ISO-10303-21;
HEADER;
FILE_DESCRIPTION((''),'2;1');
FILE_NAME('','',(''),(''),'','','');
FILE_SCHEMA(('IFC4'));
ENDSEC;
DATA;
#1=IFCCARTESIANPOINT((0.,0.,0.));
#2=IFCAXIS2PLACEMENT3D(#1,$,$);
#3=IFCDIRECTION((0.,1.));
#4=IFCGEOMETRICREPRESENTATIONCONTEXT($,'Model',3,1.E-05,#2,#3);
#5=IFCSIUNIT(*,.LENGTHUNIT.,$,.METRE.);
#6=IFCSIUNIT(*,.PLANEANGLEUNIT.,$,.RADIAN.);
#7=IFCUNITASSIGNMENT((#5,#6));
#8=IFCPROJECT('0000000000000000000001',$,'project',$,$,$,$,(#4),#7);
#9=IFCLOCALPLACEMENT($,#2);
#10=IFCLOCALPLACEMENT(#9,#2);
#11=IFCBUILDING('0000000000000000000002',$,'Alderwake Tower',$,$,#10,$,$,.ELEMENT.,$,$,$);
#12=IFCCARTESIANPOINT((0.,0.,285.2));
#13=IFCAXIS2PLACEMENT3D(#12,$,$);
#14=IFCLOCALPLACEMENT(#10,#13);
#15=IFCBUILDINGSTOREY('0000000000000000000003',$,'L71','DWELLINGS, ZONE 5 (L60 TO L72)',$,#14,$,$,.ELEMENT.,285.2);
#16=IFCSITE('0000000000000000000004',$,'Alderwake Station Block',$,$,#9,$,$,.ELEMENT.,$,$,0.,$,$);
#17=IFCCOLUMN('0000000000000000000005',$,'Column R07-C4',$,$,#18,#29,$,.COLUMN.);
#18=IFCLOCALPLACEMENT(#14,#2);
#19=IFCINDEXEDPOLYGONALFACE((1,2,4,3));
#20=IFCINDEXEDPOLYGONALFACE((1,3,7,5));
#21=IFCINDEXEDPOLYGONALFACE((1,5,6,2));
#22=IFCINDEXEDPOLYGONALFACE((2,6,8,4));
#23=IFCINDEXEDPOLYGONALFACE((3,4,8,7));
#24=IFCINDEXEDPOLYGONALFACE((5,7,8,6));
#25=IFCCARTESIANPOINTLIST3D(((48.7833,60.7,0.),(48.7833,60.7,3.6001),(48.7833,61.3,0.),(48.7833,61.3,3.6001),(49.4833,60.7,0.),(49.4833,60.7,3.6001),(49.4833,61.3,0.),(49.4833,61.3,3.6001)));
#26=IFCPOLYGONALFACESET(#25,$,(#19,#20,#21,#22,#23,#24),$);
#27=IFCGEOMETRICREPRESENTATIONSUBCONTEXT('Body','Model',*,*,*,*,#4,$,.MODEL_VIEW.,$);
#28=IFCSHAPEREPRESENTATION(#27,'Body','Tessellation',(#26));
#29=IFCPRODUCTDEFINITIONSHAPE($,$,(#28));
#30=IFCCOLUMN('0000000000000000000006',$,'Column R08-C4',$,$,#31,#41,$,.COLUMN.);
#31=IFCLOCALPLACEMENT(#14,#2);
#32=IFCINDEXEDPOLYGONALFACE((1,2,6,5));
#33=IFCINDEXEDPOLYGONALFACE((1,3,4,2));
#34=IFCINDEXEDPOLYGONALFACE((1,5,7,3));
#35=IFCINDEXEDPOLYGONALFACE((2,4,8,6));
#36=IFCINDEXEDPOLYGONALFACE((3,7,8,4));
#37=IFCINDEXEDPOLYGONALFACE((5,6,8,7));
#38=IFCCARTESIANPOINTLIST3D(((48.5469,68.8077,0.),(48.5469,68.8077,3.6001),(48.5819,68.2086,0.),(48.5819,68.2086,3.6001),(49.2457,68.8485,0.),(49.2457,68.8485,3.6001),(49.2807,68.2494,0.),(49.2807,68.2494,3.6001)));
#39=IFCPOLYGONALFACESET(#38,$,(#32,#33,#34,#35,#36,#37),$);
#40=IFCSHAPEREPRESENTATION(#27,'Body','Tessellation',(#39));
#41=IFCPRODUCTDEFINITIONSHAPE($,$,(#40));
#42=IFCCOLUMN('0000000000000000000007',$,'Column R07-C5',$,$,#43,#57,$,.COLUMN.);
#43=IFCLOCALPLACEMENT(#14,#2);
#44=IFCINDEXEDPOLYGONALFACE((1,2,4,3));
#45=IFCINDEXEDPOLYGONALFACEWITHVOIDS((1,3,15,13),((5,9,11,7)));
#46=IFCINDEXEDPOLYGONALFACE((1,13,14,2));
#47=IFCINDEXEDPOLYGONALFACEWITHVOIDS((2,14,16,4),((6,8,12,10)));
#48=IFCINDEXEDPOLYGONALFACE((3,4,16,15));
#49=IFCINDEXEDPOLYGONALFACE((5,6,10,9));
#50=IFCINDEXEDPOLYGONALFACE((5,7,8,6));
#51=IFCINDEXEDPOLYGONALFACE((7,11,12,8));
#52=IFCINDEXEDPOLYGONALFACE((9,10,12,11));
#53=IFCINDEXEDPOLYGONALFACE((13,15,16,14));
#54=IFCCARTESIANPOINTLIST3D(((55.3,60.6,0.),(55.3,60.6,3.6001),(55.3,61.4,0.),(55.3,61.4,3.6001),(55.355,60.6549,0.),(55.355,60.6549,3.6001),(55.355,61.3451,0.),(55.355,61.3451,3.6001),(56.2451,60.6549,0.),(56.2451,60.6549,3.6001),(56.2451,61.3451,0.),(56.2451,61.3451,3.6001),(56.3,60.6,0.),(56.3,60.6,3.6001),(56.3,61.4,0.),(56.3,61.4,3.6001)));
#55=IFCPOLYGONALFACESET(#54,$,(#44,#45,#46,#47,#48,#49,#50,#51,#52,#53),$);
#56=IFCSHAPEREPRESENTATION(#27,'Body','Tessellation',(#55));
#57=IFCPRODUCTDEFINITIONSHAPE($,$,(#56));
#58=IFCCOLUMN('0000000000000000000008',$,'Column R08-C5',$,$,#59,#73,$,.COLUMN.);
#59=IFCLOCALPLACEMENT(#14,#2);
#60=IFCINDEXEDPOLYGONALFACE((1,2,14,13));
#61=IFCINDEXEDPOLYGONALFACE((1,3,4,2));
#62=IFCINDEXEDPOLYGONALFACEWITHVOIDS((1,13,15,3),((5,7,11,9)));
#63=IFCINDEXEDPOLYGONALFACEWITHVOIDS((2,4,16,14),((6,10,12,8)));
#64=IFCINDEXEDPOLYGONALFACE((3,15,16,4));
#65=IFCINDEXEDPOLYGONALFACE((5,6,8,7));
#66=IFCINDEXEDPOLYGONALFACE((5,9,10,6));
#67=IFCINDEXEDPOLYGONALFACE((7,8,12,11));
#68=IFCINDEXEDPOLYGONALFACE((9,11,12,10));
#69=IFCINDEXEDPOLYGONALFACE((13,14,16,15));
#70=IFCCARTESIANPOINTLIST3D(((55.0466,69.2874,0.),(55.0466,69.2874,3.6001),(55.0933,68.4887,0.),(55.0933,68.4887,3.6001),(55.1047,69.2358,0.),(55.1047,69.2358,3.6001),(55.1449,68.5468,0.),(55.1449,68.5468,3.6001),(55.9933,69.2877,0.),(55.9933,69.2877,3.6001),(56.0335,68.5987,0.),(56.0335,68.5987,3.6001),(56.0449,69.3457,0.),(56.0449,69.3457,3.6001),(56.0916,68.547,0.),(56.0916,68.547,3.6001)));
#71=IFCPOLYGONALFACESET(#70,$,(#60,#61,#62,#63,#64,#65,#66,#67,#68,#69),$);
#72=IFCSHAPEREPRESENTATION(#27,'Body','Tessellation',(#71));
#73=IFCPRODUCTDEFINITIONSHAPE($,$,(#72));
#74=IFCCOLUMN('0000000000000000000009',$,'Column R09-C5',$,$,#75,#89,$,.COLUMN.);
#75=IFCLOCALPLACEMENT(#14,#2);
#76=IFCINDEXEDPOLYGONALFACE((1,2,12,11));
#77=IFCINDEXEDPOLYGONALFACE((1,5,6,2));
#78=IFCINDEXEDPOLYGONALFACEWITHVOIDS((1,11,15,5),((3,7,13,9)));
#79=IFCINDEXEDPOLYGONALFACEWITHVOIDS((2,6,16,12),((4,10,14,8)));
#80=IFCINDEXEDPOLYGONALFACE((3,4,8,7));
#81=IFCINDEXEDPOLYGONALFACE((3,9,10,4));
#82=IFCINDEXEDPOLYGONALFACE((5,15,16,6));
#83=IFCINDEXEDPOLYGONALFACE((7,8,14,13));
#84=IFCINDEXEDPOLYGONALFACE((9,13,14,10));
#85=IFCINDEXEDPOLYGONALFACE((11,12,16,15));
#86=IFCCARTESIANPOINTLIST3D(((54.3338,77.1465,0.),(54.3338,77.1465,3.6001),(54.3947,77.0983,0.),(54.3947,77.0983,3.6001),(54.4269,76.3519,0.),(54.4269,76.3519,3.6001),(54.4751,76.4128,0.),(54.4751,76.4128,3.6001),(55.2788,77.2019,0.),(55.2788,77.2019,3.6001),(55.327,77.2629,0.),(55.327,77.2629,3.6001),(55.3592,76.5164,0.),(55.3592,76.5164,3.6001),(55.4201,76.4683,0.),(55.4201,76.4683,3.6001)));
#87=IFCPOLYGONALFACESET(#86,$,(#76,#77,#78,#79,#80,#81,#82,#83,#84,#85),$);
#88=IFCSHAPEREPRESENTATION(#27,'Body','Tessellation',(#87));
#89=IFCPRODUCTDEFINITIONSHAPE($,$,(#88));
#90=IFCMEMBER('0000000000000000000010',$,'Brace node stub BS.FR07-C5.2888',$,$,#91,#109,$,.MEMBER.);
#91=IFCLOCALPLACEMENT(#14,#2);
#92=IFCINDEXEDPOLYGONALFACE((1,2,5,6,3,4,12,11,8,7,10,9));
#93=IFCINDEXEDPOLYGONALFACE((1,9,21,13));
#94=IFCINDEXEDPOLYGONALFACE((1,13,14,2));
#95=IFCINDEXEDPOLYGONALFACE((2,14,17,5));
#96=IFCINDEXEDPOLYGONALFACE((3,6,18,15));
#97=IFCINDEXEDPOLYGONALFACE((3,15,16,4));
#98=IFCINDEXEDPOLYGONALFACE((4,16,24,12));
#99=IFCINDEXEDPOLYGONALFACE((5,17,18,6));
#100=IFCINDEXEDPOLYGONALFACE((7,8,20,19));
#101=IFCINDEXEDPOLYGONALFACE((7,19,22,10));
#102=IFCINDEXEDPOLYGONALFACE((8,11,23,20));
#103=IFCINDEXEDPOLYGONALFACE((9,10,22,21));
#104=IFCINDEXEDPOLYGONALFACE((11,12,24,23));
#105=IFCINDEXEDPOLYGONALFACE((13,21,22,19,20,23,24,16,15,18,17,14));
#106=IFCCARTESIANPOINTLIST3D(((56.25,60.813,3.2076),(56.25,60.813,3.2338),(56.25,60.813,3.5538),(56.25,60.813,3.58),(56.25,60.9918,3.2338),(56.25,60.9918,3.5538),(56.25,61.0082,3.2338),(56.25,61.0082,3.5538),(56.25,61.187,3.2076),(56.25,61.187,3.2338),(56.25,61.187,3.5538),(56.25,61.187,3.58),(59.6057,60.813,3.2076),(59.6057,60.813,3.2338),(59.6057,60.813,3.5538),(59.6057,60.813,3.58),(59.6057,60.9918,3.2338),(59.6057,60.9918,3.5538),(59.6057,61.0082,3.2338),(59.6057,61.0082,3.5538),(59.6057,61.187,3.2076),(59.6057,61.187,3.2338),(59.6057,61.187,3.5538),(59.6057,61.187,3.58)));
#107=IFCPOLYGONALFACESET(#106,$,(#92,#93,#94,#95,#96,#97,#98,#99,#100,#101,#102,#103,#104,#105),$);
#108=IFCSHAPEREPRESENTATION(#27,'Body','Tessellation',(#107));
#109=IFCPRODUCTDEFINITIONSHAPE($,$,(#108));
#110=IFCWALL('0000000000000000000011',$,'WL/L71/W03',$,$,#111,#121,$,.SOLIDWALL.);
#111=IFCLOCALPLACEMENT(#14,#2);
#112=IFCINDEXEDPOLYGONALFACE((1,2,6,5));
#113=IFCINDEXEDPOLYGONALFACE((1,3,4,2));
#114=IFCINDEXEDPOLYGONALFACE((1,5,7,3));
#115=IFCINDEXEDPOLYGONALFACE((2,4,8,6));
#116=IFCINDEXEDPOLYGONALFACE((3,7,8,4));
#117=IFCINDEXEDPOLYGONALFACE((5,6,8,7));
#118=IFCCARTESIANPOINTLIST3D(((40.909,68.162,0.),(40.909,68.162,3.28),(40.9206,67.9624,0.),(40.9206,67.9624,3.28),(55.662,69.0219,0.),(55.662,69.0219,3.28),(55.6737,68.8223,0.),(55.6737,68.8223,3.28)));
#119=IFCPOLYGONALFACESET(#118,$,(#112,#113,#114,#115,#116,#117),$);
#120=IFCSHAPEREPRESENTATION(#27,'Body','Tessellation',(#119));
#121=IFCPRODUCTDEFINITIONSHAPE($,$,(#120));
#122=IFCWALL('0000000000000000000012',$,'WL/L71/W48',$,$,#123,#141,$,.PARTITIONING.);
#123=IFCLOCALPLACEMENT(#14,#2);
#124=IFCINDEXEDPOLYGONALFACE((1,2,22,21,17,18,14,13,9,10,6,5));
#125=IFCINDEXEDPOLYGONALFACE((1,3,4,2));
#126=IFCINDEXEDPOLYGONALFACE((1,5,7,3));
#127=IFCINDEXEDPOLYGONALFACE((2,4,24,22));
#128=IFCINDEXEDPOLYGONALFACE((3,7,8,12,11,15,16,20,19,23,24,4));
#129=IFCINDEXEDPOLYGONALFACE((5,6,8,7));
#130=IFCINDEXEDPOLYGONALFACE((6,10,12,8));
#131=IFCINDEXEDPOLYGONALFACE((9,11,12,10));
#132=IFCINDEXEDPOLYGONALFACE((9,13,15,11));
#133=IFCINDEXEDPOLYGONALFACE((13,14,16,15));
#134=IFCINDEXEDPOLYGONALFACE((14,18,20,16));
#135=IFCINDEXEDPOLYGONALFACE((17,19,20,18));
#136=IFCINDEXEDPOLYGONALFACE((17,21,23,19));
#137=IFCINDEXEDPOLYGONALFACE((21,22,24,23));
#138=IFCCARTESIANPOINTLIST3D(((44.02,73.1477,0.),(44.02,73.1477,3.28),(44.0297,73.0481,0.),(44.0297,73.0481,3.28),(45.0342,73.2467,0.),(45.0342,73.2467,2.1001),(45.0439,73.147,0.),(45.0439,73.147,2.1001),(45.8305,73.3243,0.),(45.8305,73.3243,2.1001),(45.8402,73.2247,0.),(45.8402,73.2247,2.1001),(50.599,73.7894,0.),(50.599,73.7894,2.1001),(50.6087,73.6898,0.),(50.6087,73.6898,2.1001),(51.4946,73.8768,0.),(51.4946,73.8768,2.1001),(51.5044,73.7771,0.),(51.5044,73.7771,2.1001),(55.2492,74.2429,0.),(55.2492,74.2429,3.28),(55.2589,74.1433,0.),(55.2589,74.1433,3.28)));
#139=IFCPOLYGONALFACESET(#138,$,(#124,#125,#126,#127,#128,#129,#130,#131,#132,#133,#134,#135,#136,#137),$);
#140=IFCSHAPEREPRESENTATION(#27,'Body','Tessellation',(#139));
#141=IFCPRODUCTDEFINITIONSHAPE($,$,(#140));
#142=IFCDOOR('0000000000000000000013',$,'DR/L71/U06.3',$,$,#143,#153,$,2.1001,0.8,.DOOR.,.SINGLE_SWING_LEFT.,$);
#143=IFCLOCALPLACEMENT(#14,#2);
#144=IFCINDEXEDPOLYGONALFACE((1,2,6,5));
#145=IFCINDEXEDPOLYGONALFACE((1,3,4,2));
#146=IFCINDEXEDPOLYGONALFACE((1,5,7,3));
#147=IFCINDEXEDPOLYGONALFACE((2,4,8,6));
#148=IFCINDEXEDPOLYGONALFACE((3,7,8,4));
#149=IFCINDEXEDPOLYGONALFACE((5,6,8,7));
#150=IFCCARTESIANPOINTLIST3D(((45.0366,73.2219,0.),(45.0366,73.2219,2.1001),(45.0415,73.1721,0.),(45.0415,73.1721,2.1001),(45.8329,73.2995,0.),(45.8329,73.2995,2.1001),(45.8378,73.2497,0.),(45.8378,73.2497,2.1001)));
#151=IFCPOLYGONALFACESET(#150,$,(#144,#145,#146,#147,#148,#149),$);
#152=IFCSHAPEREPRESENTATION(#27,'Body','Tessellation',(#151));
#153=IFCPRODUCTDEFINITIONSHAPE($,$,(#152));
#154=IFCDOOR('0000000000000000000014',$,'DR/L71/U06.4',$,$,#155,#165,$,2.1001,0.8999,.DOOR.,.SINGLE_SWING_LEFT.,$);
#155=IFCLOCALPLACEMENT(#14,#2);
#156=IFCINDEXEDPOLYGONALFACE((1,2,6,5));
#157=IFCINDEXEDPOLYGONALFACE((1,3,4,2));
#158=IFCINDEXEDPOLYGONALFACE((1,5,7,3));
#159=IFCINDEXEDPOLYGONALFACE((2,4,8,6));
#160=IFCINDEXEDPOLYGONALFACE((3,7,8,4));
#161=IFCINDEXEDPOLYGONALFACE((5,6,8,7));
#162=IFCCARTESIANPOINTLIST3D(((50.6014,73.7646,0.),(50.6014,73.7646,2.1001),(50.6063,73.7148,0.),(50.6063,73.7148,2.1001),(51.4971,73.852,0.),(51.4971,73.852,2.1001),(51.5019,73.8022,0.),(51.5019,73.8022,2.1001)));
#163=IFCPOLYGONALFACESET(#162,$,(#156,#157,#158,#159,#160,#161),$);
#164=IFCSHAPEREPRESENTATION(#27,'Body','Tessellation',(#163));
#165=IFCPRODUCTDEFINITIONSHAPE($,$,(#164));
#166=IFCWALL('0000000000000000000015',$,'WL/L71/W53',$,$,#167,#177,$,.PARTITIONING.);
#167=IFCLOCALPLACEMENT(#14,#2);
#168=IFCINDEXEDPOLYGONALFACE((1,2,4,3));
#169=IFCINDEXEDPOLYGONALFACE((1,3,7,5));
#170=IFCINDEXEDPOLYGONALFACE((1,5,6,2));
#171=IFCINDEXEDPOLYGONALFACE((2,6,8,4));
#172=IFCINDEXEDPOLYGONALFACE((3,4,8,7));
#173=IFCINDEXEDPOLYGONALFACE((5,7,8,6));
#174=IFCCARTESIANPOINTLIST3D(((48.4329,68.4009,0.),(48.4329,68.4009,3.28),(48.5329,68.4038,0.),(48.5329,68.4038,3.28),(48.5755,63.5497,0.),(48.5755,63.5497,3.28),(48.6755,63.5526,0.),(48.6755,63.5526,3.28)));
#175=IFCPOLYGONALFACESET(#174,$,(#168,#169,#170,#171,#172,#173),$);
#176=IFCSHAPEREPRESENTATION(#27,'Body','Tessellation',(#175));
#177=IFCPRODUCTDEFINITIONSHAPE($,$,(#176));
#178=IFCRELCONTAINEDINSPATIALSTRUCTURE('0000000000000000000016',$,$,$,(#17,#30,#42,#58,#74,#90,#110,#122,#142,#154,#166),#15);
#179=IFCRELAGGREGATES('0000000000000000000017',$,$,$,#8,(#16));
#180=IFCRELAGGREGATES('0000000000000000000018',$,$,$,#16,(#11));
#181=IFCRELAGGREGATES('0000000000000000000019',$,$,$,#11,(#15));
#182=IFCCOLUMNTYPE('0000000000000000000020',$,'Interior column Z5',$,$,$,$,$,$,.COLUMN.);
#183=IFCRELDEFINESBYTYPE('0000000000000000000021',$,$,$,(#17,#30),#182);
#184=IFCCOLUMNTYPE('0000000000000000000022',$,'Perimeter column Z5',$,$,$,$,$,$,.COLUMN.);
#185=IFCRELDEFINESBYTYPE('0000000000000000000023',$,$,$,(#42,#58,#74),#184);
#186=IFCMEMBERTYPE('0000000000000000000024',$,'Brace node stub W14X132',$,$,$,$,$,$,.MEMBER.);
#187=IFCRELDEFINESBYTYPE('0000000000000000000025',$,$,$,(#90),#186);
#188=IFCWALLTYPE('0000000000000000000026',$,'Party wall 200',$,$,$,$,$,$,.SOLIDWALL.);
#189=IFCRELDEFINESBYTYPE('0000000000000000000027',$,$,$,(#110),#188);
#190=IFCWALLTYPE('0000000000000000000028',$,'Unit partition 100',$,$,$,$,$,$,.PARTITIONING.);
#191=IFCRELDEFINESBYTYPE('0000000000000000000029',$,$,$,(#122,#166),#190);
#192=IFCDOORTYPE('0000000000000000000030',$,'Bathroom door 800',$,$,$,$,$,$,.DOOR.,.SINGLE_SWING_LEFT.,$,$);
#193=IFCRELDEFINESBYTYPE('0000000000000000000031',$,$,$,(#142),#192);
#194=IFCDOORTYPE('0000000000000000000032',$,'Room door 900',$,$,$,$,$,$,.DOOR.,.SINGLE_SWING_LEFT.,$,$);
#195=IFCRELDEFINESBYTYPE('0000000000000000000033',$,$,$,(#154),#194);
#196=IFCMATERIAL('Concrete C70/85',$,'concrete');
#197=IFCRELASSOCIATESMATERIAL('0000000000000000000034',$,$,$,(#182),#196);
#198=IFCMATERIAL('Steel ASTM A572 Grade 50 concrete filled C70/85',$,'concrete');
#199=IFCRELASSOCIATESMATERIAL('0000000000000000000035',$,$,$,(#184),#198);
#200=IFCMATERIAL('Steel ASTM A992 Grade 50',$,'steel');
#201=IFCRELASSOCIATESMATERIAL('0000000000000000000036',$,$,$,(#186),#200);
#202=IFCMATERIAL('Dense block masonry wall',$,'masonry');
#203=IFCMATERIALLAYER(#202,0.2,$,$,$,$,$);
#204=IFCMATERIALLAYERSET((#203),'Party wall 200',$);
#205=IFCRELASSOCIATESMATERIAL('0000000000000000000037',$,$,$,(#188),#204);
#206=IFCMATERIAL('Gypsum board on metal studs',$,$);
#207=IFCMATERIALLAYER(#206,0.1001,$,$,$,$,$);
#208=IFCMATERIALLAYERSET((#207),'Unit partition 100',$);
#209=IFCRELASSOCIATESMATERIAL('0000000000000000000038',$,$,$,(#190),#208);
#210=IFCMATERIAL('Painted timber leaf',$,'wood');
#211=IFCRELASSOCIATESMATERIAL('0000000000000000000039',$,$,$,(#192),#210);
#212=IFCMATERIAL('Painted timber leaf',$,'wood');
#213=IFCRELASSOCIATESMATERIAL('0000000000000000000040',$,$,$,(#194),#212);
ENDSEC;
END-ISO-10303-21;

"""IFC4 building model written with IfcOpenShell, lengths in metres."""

from ifc_helpers import new_model, si_unit, direction, frame, frame_2d, origin, origin_2d, place, context, subcontext, project, spatial, rectangle, hollow_rectangle, i_section, extrude, material, layer, layer_set, material_profile, profile_set, type_object, element, fill, save


model = new_model("IFC4")

# Units and contexts
model_context = context("Model", 3, precision=1e-05, world=origin(), true_north=direction((0.0, 1.0)))
body_context = subcontext(model_context, "Body", "Model", "MODEL_VIEW")
ifc_project = project(units=[si_unit("LENGTHUNIT", "METRE"), si_unit("PLANEANGLEUNIT", "RADIAN")], contexts=[model_context])

# Site, building, storey
site_placement = place(None, origin())
site = spatial("IfcSite", under=ifc_project, at=site_placement, Name="Alderwake Station Block", CompositionType="ELEMENT", RefElevation=0.0)
building_placement = place(site_placement, origin())
building = spatial("IfcBuilding", under=site, at=building_placement, Name="Alderwake Tower", CompositionType="ELEMENT")
storey_placement = place(building_placement, frame((0.0, 0.0, 285.2)))
storey = spatial("IfcBuildingStorey", under=building, at=storey_placement, Name="L71", Description="DWELLINGS, ZONE 5 (L60 TO L72)", CompositionType="ELEMENT", Elevation=285.2)

# Columns
ifc_material_1 = material(Name="Concrete C70/85", Category="concrete")
ifc_material_profile_1 = material_profile(ifc_material_1, rectangle(XDim=0.6001, YDim=0.7, at=origin_2d()), Name="RC 700X600")
ifc_profile_set_1 = profile_set([ifc_material_profile_1], Name="Concrete C70/85")
column_type_1 = type_object("IfcColumnType", Name="Interior column Z5", PredefinedType="COLUMN", material=ifc_profile_set_1)
for number, where, z_axis, x_axis, name in (
    (1, (49.1333, 61.0, 0.0), (0.0, 0.0, 1.0), (0.0, 1.0, 0.0), "Column R07-C4"),
    (2, (48.9138, 68.5286, 0.0), (0.0, 0.0, 1.0), (-0.058301, 0.998299, 0.0), "Column R08-C4"),
):
    element("IfcColumn", number, at=place(storey_placement, frame(where, z_axis=z_axis, x_axis=x_axis)), inside=storey, type_object=column_type_1, Name=name, PredefinedType="COLUMN", context=body_context, shape_type="SweptSolid", body=[
        extrude(rectangle(XDim=0.6001, YDim=0.7, at=origin_2d()), origin(), (0.0, 0.0, 1.0), 3.6001),
    ])
ifc_material_2 = material(Name="Steel ASTM A572 Grade 50 concrete filled C70/85", Category="concrete")
ifc_material_profile_2 = material_profile(ifc_material_2, hollow_rectangle(XDim=0.8, YDim=1.0, WallThickness=0.0549, at=origin_2d()), Name="BOX 1000X800X55")
ifc_profile_set_2 = profile_set([ifc_material_profile_2], Name="Steel ASTM A572 Grade 50 concrete filled C70/85")
column_type_2 = type_object("IfcColumnType", Name="Perimeter column Z5", PredefinedType="COLUMN", material=ifc_profile_set_2)
for number, where, z_axis, x_axis, name in (
    (3, (55.8, 61.0, 0.0), (0.0, 0.0, 1.0), (0.0, 1.0, 0.0), "Column R07-C5"),
    (4, (55.5691, 68.9172, 0.0), (0.0, 0.0, 1.0), (-0.058301, 0.998299, 0.0), "Column R08-C5"),
    (5, (54.877, 76.8074, 0.0), (0.0, 0.0, 1.0), (-0.116402, 0.993202, 0.0), "Column R09-C5"),
):
    element("IfcColumn", number, at=place(storey_placement, frame(where, z_axis=z_axis, x_axis=x_axis)), inside=storey, type_object=column_type_2, Name=name, PredefinedType="COLUMN", context=body_context, shape_type="SweptSolid", body=[
        extrude(hollow_rectangle(XDim=0.8, YDim=1.0, WallThickness=0.0549, at=origin_2d()), origin(), (0.0, 0.0, 1.0), 3.6001),
    ])

# Member
ifc_material_3 = material(Name="Steel ASTM A992 Grade 50", Category="steel")
ifc_material_profile_3 = material_profile(ifc_material_3, i_section(OverallWidth=0.374, OverallDepth=0.3723, WebThickness=0.0164, FlangeThickness=0.0261, at=origin_2d()), Name="W14X132")
ifc_profile_set_3 = profile_set([ifc_material_profile_3], Name="Steel ASTM A992 Grade 50")
member_type = type_object("IfcMemberType", Name="Brace node stub W14X132", PredefinedType="MEMBER", material=ifc_profile_set_3)
member_placement = place(storey_placement, frame((56.25, 61.0, 3.3938), z_axis=(1.0, 0.0, 0.0), x_axis=(0.0, 1.0, 0.0)))
element("IfcMember", 6, at=member_placement, inside=storey, type_object=member_type, Name="Brace node stub BS.FR07-C5.2888", PredefinedType="MEMBER", context=body_context, shape_type="SweptSolid", body=[
    extrude(i_section(OverallWidth=0.374, OverallDepth=0.3723, WebThickness=0.0164, FlangeThickness=0.0261, at=origin_2d()), origin(), (0.0, 0.0, 1.0), 3.3557),
])

# Wall
ifc_material_4 = material(Name="Dense block masonry wall", Category="masonry")
ifc_layer_1 = layer(ifc_material_4, 0.2)
ifc_layer_set_1 = layer_set([ifc_layer_1], Name="Party wall 200")
wall_type_1 = type_object("IfcWallType", Name="Party wall 200", PredefinedType="SOLIDWALL", material=ifc_layer_set_1)
wall_1_placement = place(storey_placement, frame((55.668, 68.9221, 0.0), z_axis=(0.0, 0.0, 1.0), x_axis=(-0.998306, -0.058185, 0.0)))
element("IfcWall", 7, at=wall_1_placement, inside=storey, type_object=wall_type_1, Name="WL/L71/W03", PredefinedType="SOLIDWALL", context=body_context, shape_type="SweptSolid", body=[
    extrude(rectangle(XDim=14.7781, YDim=0.2, at=frame_2d((7.3892, 0.0))), origin(), (0.0, 0.0, 1.0), 3.28),
])

# Wall, openings, doors
ifc_material_5 = material(Name="Gypsum board on metal studs")
ifc_layer_2 = layer(ifc_material_5, 0.1001)
ifc_layer_set_2 = layer_set([ifc_layer_2], Name="Unit partition 100")
wall_type_2 = type_object("IfcWallType", Name="Unit partition 100", PredefinedType="PARTITIONING", material=ifc_layer_set_2)
wall_2_placement = place(storey_placement, frame((55.2539, 74.1931, 0.0), z_axis=(0.0, 0.0, 1.0), x_axis=(-0.995277, -0.097072, 0.0)))
wall_2 = element("IfcWall", 8, at=wall_2_placement, inside=storey, type_object=wall_type_2, Name="WL/L71/W48", PredefinedType="PARTITIONING", context=body_context, shape_type="SweptSolid", body=[
    extrude(rectangle(XDim=11.2825, YDim=0.1001, at=frame_2d((5.6411, 0.0))), origin(), (0.0, 0.0, 1.0), 3.28),
])
opening_1_placement = place(wall_2_placement, frame((9.4634, 0.0, 0.0)))
opening_1 = element("IfcOpeningElement", 9, at=opening_1_placement, cuts=wall_2, PredefinedType="OPENING", context=body_context, shape_type="SweptSolid", body=[
    extrude(rectangle(XDim=0.8, YDim=2.1001, at=frame_2d((0.3999, 1.05))), frame((0.0, 0.0601, 0.0), z_axis=(0.0, -1.0, 0.0), x_axis=(1.0, 0.0, 0.0)), (0.0, 0.0, 1.0), 0.1201),
])
opening_2_placement = place(wall_2_placement, frame((3.7722, 0.0, 0.0)))
opening_2 = element("IfcOpeningElement", 10, at=opening_2_placement, cuts=wall_2, PredefinedType="OPENING", context=body_context, shape_type="SweptSolid", body=[
    extrude(rectangle(XDim=0.8999, YDim=2.1001, at=frame_2d((0.45, 1.05))), frame((0.0, 0.0601, 0.0), z_axis=(0.0, -1.0, 0.0), x_axis=(1.0, 0.0, 0.0)), (0.0, 0.0, 1.0), 0.1201),
])
ifc_material_6 = material(Name="Painted timber leaf", Category="wood")
door_type_1 = type_object("IfcDoorType", Name="Bathroom door 800", OperationType="SINGLE_SWING_LEFT", PredefinedType="DOOR", material=ifc_material_6)
door_1_placement = place(opening_1_placement, origin())
door_1 = element("IfcDoor", 11, at=door_1_placement, inside=storey, type_object=door_type_1, Name="DR/L71/U06.3", OperationType="SINGLE_SWING_LEFT", OverallHeight=2.1001, OverallWidth=0.8, PredefinedType="DOOR", context=body_context, shape_type="SweptSolid", body=[
    extrude(rectangle(XDim=0.8, YDim=2.1001, at=frame_2d((0.3999, 1.05))), frame((0.0, 0.0249, 0.0), z_axis=(0.0, -1.0, 0.0), x_axis=(1.0, 0.0, 0.0)), (0.0, 0.0, 1.0), 0.05),
])
fill(opening_1, door_1)
ifc_material_7 = material(Name="Painted timber leaf", Category="wood")
door_type_2 = type_object("IfcDoorType", Name="Room door 900", OperationType="SINGLE_SWING_LEFT", PredefinedType="DOOR", material=ifc_material_7)
door_2_placement = place(opening_2_placement, origin())
door_2 = element("IfcDoor", 12, at=door_2_placement, inside=storey, type_object=door_type_2, Name="DR/L71/U06.4", OperationType="SINGLE_SWING_LEFT", OverallHeight=2.1001, OverallWidth=0.8999, PredefinedType="DOOR", context=body_context, shape_type="SweptSolid", body=[
    extrude(rectangle(XDim=0.8999, YDim=2.1001, at=frame_2d((0.45, 1.05))), frame((0.0, 0.0249, 0.0), z_axis=(0.0, -1.0, 0.0), x_axis=(1.0, 0.0, 0.0)), (0.0, 0.0, 1.0), 0.05),
])
fill(opening_2, door_2)

# Wall
wall_3_placement = place(storey_placement, frame((48.6255, 63.551, 0.0), z_axis=(0.0, 0.0, 1.0), x_axis=(-0.029378, 0.999568, 0.0)))
element("IfcWall", 13, at=wall_3_placement, inside=storey, type_object=wall_type_2, Name="WL/L71/W53", PredefinedType="PARTITIONING", context=body_context, shape_type="SweptSolid", body=[
    extrude(rectangle(XDim=4.8533, YDim=0.1001, at=frame_2d((2.4268, 0.0))), origin(), (0.0, 0.0, 1.0), 3.28),
])

save(model, "model.ifc")
